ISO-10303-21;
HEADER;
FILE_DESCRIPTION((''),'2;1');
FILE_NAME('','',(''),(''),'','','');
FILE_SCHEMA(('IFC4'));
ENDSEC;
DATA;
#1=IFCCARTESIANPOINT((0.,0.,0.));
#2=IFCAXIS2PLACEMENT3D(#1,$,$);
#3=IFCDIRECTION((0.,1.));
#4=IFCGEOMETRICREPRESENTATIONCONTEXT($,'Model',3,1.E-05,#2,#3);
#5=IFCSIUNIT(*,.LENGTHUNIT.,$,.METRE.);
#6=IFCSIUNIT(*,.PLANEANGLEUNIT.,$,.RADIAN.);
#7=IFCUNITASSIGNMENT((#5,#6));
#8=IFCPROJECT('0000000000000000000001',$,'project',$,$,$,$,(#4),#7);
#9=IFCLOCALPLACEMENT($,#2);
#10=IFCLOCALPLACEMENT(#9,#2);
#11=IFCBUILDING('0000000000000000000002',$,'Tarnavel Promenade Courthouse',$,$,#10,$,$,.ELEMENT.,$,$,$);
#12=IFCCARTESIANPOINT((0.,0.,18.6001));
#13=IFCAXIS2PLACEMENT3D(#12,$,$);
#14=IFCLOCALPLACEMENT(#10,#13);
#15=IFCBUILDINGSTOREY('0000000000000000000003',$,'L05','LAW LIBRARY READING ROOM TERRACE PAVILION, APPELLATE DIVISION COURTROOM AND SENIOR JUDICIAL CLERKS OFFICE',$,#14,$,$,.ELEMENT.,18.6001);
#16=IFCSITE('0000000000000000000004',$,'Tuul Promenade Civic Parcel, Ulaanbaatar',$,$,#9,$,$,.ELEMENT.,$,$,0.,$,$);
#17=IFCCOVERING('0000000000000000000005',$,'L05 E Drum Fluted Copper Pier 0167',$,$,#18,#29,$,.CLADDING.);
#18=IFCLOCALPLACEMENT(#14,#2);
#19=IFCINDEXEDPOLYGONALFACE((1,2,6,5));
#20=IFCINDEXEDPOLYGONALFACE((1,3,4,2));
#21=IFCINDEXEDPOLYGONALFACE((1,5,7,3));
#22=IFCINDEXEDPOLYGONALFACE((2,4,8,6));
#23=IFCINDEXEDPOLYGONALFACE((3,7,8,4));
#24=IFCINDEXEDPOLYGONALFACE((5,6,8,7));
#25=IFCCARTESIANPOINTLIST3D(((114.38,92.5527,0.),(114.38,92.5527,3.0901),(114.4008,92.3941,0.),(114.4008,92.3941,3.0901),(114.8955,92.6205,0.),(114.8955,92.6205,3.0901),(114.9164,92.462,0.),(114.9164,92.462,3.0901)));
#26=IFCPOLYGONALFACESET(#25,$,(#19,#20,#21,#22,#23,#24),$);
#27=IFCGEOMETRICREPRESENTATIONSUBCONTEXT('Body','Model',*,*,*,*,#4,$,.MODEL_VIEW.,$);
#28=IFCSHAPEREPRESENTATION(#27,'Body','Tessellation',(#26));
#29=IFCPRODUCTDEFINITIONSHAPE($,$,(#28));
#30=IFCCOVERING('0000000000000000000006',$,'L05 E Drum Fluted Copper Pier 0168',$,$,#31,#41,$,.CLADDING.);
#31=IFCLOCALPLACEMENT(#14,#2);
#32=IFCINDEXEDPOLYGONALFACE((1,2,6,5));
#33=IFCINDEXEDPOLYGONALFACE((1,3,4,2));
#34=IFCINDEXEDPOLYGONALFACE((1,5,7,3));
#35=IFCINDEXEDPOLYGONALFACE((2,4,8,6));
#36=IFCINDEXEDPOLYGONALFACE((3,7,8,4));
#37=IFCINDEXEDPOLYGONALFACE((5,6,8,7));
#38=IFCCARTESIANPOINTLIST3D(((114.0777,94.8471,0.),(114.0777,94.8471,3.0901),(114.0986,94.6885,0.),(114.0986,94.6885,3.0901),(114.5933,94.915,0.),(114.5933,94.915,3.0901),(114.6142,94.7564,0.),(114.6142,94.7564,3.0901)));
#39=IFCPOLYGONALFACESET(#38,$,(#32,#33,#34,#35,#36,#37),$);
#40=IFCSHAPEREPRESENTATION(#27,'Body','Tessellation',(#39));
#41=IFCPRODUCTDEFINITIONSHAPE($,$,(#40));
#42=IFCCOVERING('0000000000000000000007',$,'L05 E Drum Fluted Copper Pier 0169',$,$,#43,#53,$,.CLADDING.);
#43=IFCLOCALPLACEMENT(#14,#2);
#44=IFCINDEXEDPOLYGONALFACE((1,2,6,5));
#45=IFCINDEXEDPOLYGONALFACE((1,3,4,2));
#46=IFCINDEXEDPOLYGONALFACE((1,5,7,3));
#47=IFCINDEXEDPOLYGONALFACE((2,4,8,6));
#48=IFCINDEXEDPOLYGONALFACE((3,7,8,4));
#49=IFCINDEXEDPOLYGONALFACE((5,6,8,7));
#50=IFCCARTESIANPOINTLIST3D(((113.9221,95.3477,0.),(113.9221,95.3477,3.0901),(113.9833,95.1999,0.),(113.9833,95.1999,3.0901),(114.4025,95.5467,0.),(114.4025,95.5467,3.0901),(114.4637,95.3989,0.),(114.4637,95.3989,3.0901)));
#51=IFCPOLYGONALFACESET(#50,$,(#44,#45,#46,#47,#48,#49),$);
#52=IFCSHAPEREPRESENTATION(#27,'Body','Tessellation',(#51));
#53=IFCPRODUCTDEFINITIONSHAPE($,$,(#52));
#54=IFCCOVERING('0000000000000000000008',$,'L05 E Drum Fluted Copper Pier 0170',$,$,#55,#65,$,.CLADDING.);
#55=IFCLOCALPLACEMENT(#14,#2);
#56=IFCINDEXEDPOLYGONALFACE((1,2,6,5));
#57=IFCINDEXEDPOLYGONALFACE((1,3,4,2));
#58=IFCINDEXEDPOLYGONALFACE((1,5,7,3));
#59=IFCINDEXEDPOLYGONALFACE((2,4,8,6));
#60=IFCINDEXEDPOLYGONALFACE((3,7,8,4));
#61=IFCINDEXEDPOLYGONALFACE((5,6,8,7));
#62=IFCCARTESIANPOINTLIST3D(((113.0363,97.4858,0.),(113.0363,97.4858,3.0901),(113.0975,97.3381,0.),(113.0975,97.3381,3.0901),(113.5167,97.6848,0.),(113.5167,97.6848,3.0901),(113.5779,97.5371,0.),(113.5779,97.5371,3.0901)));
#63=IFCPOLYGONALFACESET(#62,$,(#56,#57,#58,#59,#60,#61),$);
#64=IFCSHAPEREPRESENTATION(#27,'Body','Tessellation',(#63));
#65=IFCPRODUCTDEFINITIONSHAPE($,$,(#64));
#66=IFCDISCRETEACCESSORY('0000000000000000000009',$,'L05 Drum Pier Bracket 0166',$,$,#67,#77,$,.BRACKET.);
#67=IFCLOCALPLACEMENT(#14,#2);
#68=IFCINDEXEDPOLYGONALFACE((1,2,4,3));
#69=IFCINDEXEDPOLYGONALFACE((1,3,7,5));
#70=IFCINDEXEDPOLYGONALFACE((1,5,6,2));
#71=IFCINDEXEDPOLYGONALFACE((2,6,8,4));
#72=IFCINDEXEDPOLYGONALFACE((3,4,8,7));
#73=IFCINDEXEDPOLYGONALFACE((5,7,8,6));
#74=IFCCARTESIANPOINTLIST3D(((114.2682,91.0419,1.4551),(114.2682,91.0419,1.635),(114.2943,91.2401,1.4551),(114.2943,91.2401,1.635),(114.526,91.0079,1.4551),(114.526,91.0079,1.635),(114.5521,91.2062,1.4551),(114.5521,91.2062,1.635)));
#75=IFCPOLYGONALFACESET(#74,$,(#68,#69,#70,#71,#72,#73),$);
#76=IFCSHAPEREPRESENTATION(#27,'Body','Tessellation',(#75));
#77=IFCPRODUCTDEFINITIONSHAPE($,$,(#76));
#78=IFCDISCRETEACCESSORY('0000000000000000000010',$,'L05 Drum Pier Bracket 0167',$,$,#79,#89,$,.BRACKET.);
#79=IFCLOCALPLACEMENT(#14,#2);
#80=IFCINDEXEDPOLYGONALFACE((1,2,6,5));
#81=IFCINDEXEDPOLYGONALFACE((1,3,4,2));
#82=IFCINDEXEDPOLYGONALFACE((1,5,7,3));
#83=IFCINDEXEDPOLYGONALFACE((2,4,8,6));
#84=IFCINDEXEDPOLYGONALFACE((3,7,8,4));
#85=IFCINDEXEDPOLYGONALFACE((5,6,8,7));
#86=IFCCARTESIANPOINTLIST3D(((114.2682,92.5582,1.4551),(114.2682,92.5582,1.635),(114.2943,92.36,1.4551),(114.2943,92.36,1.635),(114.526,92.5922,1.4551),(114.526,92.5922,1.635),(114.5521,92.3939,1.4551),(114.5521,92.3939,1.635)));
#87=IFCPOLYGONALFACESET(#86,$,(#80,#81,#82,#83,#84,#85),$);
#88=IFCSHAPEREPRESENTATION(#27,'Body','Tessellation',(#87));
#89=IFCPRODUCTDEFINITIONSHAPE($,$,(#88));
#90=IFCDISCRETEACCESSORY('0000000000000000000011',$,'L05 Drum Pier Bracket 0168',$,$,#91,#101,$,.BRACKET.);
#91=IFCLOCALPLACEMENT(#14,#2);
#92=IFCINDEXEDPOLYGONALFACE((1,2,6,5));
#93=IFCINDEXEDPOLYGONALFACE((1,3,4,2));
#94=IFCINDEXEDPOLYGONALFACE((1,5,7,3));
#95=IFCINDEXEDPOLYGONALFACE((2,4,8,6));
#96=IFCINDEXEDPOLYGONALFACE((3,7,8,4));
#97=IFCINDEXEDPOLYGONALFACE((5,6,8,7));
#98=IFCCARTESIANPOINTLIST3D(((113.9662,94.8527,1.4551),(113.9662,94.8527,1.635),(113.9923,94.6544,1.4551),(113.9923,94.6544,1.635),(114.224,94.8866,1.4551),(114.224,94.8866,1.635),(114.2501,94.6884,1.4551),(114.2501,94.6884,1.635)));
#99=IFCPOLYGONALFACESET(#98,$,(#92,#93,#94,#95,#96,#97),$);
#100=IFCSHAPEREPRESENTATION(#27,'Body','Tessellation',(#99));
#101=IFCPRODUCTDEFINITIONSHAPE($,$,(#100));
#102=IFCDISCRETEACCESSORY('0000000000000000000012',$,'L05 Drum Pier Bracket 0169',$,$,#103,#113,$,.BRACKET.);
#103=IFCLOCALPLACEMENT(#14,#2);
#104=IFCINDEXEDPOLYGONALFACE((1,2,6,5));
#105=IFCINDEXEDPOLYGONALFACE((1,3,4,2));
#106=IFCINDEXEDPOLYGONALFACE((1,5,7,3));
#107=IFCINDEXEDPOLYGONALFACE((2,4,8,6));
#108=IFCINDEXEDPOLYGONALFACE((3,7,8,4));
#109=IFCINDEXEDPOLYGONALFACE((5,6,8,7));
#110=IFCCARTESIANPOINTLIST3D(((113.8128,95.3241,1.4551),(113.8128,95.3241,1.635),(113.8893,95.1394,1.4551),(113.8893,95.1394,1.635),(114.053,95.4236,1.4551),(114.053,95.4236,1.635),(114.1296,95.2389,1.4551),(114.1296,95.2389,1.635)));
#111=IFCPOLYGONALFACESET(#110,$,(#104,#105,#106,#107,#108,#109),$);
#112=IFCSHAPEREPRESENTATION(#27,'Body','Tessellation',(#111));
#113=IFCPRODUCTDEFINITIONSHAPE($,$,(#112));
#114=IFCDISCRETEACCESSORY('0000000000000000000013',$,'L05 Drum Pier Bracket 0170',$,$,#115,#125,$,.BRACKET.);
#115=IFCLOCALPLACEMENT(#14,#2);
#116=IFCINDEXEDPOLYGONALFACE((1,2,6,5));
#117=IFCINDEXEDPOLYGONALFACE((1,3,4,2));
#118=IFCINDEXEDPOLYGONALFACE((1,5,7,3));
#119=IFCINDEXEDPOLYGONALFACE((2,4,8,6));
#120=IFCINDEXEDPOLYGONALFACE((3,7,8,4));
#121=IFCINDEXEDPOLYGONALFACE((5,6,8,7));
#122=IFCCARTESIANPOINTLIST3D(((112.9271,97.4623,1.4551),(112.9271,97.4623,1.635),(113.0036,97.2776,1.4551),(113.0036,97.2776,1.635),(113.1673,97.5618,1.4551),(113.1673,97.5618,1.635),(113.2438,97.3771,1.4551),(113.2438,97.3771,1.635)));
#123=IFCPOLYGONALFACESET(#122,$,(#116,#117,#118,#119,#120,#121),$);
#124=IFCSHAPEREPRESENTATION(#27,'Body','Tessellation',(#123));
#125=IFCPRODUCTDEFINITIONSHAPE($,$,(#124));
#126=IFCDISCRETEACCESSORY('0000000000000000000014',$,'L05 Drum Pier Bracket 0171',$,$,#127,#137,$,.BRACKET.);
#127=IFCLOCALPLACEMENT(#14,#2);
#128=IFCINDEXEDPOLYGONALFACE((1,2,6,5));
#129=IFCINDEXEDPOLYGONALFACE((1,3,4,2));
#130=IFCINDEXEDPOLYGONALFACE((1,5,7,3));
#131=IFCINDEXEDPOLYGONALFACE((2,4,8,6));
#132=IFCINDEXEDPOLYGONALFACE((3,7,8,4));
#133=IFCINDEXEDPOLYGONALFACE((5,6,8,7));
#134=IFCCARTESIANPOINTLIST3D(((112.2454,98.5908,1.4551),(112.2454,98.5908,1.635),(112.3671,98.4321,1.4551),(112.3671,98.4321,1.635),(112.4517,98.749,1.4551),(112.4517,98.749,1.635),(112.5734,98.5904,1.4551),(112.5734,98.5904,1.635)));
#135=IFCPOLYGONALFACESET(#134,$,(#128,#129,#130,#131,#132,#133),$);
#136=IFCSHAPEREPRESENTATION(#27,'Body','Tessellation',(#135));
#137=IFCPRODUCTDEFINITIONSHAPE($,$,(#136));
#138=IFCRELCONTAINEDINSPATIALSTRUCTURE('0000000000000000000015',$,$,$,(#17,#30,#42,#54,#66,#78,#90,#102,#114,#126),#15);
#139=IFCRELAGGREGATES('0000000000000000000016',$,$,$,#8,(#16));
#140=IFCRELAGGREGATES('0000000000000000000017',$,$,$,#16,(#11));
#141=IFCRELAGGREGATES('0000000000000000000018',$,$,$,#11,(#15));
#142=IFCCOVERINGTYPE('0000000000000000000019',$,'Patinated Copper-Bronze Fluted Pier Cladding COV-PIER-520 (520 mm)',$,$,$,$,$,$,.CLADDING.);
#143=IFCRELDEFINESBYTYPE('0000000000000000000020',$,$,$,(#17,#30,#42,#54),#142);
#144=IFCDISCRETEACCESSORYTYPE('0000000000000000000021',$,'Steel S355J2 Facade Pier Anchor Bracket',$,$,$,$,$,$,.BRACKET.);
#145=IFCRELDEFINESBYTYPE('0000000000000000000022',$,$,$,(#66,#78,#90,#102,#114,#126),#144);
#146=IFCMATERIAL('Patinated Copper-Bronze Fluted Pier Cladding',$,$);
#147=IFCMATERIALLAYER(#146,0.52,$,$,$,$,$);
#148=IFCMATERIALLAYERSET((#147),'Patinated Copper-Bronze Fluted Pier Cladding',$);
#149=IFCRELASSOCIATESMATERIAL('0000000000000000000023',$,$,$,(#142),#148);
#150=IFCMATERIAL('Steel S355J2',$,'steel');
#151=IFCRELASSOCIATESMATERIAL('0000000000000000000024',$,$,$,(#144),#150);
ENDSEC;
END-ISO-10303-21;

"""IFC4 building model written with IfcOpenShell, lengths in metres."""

from ifc_helpers import new_model, si_unit, direction, frame, origin, origin_2d, place, context, subcontext, project, spatial, rectangle, extrude, material, layer, layer_set, type_object, element, save


model = new_model("IFC4")

# Units and contexts
model_context = context("Model", 3, precision=1e-05, world=origin(), true_north=direction((0.0, 1.0)))
body_context = subcontext(model_context, "Body", "Model", "MODEL_VIEW")
ifc_project = project(units=[si_unit("LENGTHUNIT", "METRE"), si_unit("PLANEANGLEUNIT", "RADIAN")], contexts=[model_context])

# Site, building, storey
site_placement = place(None, origin())
site = spatial("IfcSite", under=ifc_project, at=site_placement, Name="Tuul Promenade Civic Parcel, Ulaanbaatar", CompositionType="ELEMENT", RefElevation=0.0)
building_placement = place(site_placement, origin())
building = spatial("IfcBuilding", under=site, at=building_placement, Name="Tarnavel Promenade Courthouse", CompositionType="ELEMENT")
storey_placement = place(building_placement, frame((0.0, 0.0, 18.6001)))
storey = spatial("IfcBuildingStorey", under=building, at=storey_placement, Name="L05", Description="LAW LIBRARY READING ROOM TERRACE PAVILION, APPELLATE DIVISION COURTROOM AND SENIOR JUDICIAL CLERKS OFFICE", CompositionType="ELEMENT", Elevation=18.6001)

# Shared definitions
ifc_material_1 = material(Name="Steel S355J2", Category="steel")

# Coverings
ifc_material_2 = material(Name="Patinated Copper-Bronze Fluted Pier Cladding")
ifc_layer_1 = layer(ifc_material_2, 0.52)
ifc_layer_set_1 = layer_set([ifc_layer_1], Name="Patinated Copper-Bronze Fluted Pier Cladding")
covering_type = type_object("IfcCoveringType", Name="Patinated Copper-Bronze Fluted Pier Cladding COV-PIER-520 (520 mm)", PredefinedType="CLADDING", material=ifc_layer_set_1)
for number, where, z_axis, x_axis, name in (
    (1, (114.6482, 92.5073, 0.0), (0.0, 0.0, 1.0), (-0.130526, 0.991445, 0.0), "L05 E Drum Fluted Copper Pier 0167"),
    (2, (114.3459, 94.8018, 0.0), (0.0, 0.0, 1.0), (-0.130526, 0.991445, 0.0), "L05 E Drum Fluted Copper Pier 0168"),
    (3, (114.1929, 95.3733, 0.0), (0.0, 0.0, 1.0), (-0.382683, 0.92388, 0.0), "L05 E Drum Fluted Copper Pier 0169"),
    (4, (113.3071, 97.5115, 0.0), (0.0, 0.0, 1.0), (-0.382683, 0.92388, 0.0), "L05 E Drum Fluted Copper Pier 0170"),
):
    element("IfcCovering", number, at=place(storey_placement, frame(where, z_axis=z_axis, x_axis=x_axis)), inside=storey, type_object=covering_type, Name=name, PredefinedType="CLADDING", context=body_context, shape_type="SweptSolid", body=[
        extrude(rectangle(XDim=0.1599, YDim=0.52, at=origin_2d()), origin(), (0.0, 0.0, 1.0), 3.0901),
    ])

# Discrete accessories
discrete_accessory_type = type_object("IfcDiscreteAccessoryType", Name="Steel S355J2 Facade Pier Anchor Bracket", PredefinedType="BRACKET", material=ifc_material_1)
for number, where, z_axis, x_axis, name in (
    (5, (114.4102, 91.124, 1.4551), (0.0, 0.0, 1.0), (0.130526, 0.991445, 0.0), "L05 Drum Pier Bracket 0166"),
    (6, (114.4102, 92.4761, 1.4551), (0.0, 0.0, 1.0), (-0.130526, 0.991445, 0.0), "L05 Drum Pier Bracket 0167"),
    (7, (114.1082, 94.7705, 1.4551), (0.0, 0.0, 1.0), (-0.130526, 0.991445, 0.0), "L05 Drum Pier Bracket 0168"),
    (8, (113.9712, 95.2815, 1.4551), (0.0, 0.0, 1.0), (-0.382683, 0.92388, 0.0), "L05 Drum Pier Bracket 0169"),
    (9, (113.0854, 97.4197, 1.4551), (0.0, 0.0, 1.0), (-0.382683, 0.92388, 0.0), "L05 Drum Pier Bracket 0170"),
    (10, (112.4094, 98.5906, 1.4551), (0.0, 0.0, 1.0), (-0.608761, 0.793353, 0.0), "L05 Drum Pier Bracket 0171"),
):
    element("IfcDiscreteAccessory", number, at=place(storey_placement, frame(where, z_axis=z_axis, x_axis=x_axis)), inside=storey, type_object=discrete_accessory_type, Name=name, PredefinedType="BRACKET", context=body_context, shape_type="SweptSolid", body=[
        extrude(rectangle(XDim=0.2, YDim=0.26, at=origin_2d()), origin(), (0.0, 0.0, 1.0), 0.1799),
    ])

save(model, "model.ifc")
